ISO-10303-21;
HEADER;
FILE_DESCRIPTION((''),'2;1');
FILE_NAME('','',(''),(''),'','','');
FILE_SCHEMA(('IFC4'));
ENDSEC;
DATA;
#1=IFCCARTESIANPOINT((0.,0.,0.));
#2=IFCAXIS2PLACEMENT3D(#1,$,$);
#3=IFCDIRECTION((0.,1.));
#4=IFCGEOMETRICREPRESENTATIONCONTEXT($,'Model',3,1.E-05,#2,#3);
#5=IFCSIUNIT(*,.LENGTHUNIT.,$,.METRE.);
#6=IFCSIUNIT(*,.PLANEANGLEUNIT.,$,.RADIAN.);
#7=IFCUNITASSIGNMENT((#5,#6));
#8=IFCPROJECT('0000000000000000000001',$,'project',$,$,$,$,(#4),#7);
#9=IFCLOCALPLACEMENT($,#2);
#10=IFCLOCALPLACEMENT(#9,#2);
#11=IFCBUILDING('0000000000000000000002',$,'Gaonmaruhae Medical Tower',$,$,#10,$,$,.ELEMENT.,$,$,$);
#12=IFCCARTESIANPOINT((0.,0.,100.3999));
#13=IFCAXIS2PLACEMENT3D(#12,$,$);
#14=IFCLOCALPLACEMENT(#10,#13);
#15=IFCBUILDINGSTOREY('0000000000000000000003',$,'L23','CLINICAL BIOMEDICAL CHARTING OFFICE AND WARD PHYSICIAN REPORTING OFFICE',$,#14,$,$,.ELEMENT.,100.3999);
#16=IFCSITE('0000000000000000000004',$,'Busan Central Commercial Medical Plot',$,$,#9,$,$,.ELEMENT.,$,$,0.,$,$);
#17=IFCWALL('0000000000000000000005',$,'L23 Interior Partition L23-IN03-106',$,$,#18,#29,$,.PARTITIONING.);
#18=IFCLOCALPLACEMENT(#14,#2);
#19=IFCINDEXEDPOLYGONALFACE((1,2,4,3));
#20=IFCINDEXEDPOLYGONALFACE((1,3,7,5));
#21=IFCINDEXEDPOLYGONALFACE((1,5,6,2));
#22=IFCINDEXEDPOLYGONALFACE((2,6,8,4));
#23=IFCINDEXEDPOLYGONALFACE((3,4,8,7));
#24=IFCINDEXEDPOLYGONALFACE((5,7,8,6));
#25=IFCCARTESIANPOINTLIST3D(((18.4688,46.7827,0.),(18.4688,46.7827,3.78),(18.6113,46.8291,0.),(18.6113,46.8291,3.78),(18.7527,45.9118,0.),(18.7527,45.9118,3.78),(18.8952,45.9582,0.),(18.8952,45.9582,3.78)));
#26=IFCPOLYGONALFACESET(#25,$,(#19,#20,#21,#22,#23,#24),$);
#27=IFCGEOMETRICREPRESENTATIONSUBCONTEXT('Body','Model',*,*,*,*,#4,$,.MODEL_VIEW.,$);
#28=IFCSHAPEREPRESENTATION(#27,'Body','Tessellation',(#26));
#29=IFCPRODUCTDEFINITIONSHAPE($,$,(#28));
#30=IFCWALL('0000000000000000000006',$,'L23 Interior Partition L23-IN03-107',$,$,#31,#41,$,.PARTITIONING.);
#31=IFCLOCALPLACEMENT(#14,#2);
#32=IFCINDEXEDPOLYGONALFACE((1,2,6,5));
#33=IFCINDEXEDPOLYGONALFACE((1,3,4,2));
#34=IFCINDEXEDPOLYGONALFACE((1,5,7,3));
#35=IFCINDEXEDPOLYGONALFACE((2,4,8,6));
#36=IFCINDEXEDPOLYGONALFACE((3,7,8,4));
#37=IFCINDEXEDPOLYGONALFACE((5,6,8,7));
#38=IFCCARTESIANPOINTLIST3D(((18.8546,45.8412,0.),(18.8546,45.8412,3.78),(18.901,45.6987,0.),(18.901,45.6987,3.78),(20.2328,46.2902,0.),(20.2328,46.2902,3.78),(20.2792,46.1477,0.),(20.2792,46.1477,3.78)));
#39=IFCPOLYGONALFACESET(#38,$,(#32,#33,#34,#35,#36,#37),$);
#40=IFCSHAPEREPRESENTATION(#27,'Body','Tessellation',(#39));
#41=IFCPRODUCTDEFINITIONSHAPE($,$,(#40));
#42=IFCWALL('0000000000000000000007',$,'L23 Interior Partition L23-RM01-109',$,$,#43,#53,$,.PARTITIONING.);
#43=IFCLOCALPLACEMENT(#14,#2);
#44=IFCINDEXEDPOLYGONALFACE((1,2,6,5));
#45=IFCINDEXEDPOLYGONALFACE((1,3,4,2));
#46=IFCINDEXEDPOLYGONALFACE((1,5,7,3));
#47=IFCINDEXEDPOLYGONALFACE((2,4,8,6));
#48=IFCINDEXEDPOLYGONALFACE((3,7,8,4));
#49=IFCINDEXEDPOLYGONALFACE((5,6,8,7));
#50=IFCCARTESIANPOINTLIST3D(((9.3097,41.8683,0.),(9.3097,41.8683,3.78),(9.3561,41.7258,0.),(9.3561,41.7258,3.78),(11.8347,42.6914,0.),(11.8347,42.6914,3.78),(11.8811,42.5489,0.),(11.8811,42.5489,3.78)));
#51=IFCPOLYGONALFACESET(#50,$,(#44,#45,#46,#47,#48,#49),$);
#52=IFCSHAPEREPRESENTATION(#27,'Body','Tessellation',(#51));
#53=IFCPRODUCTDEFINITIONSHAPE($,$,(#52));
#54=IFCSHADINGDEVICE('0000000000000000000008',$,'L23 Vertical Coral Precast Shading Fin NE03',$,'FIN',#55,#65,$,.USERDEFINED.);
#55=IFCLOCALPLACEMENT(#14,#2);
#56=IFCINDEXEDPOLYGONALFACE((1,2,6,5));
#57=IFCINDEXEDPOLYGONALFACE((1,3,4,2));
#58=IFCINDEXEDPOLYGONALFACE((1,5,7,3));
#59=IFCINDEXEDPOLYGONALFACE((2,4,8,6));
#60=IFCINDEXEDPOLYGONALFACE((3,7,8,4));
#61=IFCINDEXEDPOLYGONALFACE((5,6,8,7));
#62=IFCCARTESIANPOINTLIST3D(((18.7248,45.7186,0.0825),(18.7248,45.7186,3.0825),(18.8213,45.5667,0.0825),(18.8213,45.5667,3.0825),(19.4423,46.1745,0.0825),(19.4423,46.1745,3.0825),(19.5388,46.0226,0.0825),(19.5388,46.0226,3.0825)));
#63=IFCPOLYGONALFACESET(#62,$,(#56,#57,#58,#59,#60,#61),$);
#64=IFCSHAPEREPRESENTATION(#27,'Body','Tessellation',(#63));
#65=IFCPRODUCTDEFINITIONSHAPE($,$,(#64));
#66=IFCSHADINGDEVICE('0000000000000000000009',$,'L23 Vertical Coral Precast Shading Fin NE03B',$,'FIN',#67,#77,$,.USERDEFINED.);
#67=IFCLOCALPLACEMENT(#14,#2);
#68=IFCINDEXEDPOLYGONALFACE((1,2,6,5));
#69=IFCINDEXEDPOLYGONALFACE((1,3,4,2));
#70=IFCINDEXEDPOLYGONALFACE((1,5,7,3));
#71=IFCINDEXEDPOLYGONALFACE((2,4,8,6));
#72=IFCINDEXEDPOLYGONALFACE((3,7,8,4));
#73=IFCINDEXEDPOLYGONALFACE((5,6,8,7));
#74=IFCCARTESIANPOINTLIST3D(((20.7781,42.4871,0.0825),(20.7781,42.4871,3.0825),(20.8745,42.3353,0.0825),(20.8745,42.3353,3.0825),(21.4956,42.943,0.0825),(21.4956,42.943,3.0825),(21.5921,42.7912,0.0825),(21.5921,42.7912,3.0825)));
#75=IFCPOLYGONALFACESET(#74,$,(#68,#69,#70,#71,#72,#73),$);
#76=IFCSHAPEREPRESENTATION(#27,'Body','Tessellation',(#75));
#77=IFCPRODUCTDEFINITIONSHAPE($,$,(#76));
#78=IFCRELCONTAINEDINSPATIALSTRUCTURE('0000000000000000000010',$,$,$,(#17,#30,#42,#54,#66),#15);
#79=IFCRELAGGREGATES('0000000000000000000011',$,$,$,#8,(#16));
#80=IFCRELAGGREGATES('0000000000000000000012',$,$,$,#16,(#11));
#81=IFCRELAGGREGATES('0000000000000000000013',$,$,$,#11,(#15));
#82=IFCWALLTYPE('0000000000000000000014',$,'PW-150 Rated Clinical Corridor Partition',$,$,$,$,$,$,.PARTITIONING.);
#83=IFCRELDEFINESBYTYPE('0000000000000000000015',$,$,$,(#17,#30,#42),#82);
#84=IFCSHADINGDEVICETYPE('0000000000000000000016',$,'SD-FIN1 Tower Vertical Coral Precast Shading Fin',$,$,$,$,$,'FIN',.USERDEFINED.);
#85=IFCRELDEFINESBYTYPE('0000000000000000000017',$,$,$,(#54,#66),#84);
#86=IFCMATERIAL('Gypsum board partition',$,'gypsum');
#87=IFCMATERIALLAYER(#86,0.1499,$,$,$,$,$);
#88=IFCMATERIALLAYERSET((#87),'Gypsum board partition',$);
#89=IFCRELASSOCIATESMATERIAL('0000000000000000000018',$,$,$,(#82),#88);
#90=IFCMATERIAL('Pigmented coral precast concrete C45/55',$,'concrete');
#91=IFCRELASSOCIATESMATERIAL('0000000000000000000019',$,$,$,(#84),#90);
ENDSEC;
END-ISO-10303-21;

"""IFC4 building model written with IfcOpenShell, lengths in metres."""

from ifc_helpers import new_model, si_unit, direction, frame, frame_2d, origin, origin_2d, place, context, subcontext, project, spatial, rectangle, extrude, material, layer, layer_set, type_object, element, save


model = new_model("IFC4")

# Units and contexts
model_context = context("Model", 3, precision=1e-05, world=origin(), true_north=direction((0.0, 1.0)))
body_context = subcontext(model_context, "Body", "Model", "MODEL_VIEW")
ifc_project = project(units=[si_unit("LENGTHUNIT", "METRE"), si_unit("PLANEANGLEUNIT", "RADIAN")], contexts=[model_context])

# Site, building, storey
site_placement = place(None, origin())
site = spatial("IfcSite", under=ifc_project, at=site_placement, Name="Busan Central Commercial Medical Plot", CompositionType="ELEMENT", RefElevation=0.0)
building_placement = place(site_placement, origin())
building = spatial("IfcBuilding", under=site, at=building_placement, Name="Gaonmaruhae Medical Tower", CompositionType="ELEMENT")
storey_placement = place(building_placement, frame((0.0, 0.0, 100.3999)))
storey = spatial("IfcBuildingStorey", under=building, at=storey_placement, Name="L23", Description="CLINICAL BIOMEDICAL CHARTING OFFICE AND WARD PHYSICIAN REPORTING OFFICE", CompositionType="ELEMENT", Elevation=100.3999)

# Shared definitions
ifc_material_1 = material(Name="Gypsum board partition", Category="gypsum")
ifc_layer_1 = layer(ifc_material_1, 0.1499)
ifc_layer_set_1 = layer_set([ifc_layer_1], Name="Gypsum board partition")
wall_type_1 = type_object("IfcWallType", Name="PW-150 Rated Clinical Corridor Partition", PredefinedType="PARTITIONING", material=ifc_layer_set_1)

# Walls
wall_1_placement = place(storey_placement, frame((18.54, 46.8059, 0.0), z_axis=(0.0, 0.0, 1.0), x_axis=(0.309984, -0.950742, 0.0)))
element("IfcWall", 1, at=wall_1_placement, inside=storey, type_object=wall_type_1, Name="L23 Interior Partition L23-IN03-106", PredefinedType="PARTITIONING", context=body_context, shape_type="SweptSolid", body=[
    extrude(rectangle(XDim=0.916, YDim=0.1499, at=frame_2d((0.458, 0.0))), origin(), (0.0, 0.0, 1.0), 3.78),
])
wall_2_placement = place(storey_placement, frame((18.8779, 45.77, 0.0), z_axis=(0.0, 0.0, 1.0), x_axis=(0.950817, 0.309753, 0.0)))
element("IfcWall", 2, at=wall_2_placement, inside=storey, type_object=wall_type_1, Name="L23 Interior Partition L23-IN03-107", PredefinedType="PARTITIONING", context=body_context, shape_type="SweptSolid", body=[
    extrude(rectangle(XDim=1.4495, YDim=0.1499, at=frame_2d((0.7246, 0.0))), origin(), (0.0, 0.0, 1.0), 3.78),
])
wall_3_placement = place(storey_placement, frame((11.8579, 42.6201, 0.0), z_axis=(0.0, 0.0, 1.0), x_axis=(-0.950768, -0.309905, 0.0)))
element("IfcWall", 3, at=wall_3_placement, inside=storey, type_object=wall_type_1, Name="L23 Interior Partition L23-RM01-109", PredefinedType="PARTITIONING", context=body_context, shape_type="SweptSolid", body=[
    extrude(rectangle(XDim=2.6558, YDim=0.1499, at=frame_2d((1.3279, 0.0))), origin(), (0.0, 0.0, 1.0), 3.78),
])

# Shading devices
ifc_material_2 = material(Name="Pigmented coral precast concrete C45/55", Category="concrete")
shading_device_type = type_object("IfcShadingDeviceType", Name="SD-FIN1 Tower Vertical Coral Precast Shading Fin", ElementType="FIN", PredefinedType="USERDEFINED", material=ifc_material_2)
for number, where, z_axis, x_axis, name in (
    (4, (19.1318, 45.8706, 0.0825), (0.0, 0.0, 1.0), (0.536284, -0.844038, 0.0), "L23 Vertical Coral Precast Shading Fin NE03"),
    (5, (21.1851, 42.6392, 0.0825), (0.0, 0.0, 1.0), (0.536284, -0.844038, 0.0), "L23 Vertical Coral Precast Shading Fin NE03B"),
):
    element("IfcShadingDevice", number, at=place(storey_placement, frame(where, z_axis=z_axis, x_axis=x_axis)), inside=storey, type_object=shading_device_type, Name=name, ObjectType="FIN", PredefinedType="USERDEFINED", context=body_context, shape_type="SweptSolid", body=[
        extrude(rectangle(XDim=0.1799, YDim=0.8501, at=origin_2d()), origin(), (0.0, 0.0, 1.0), 3.0),
    ])

save(model, "model.ifc")
